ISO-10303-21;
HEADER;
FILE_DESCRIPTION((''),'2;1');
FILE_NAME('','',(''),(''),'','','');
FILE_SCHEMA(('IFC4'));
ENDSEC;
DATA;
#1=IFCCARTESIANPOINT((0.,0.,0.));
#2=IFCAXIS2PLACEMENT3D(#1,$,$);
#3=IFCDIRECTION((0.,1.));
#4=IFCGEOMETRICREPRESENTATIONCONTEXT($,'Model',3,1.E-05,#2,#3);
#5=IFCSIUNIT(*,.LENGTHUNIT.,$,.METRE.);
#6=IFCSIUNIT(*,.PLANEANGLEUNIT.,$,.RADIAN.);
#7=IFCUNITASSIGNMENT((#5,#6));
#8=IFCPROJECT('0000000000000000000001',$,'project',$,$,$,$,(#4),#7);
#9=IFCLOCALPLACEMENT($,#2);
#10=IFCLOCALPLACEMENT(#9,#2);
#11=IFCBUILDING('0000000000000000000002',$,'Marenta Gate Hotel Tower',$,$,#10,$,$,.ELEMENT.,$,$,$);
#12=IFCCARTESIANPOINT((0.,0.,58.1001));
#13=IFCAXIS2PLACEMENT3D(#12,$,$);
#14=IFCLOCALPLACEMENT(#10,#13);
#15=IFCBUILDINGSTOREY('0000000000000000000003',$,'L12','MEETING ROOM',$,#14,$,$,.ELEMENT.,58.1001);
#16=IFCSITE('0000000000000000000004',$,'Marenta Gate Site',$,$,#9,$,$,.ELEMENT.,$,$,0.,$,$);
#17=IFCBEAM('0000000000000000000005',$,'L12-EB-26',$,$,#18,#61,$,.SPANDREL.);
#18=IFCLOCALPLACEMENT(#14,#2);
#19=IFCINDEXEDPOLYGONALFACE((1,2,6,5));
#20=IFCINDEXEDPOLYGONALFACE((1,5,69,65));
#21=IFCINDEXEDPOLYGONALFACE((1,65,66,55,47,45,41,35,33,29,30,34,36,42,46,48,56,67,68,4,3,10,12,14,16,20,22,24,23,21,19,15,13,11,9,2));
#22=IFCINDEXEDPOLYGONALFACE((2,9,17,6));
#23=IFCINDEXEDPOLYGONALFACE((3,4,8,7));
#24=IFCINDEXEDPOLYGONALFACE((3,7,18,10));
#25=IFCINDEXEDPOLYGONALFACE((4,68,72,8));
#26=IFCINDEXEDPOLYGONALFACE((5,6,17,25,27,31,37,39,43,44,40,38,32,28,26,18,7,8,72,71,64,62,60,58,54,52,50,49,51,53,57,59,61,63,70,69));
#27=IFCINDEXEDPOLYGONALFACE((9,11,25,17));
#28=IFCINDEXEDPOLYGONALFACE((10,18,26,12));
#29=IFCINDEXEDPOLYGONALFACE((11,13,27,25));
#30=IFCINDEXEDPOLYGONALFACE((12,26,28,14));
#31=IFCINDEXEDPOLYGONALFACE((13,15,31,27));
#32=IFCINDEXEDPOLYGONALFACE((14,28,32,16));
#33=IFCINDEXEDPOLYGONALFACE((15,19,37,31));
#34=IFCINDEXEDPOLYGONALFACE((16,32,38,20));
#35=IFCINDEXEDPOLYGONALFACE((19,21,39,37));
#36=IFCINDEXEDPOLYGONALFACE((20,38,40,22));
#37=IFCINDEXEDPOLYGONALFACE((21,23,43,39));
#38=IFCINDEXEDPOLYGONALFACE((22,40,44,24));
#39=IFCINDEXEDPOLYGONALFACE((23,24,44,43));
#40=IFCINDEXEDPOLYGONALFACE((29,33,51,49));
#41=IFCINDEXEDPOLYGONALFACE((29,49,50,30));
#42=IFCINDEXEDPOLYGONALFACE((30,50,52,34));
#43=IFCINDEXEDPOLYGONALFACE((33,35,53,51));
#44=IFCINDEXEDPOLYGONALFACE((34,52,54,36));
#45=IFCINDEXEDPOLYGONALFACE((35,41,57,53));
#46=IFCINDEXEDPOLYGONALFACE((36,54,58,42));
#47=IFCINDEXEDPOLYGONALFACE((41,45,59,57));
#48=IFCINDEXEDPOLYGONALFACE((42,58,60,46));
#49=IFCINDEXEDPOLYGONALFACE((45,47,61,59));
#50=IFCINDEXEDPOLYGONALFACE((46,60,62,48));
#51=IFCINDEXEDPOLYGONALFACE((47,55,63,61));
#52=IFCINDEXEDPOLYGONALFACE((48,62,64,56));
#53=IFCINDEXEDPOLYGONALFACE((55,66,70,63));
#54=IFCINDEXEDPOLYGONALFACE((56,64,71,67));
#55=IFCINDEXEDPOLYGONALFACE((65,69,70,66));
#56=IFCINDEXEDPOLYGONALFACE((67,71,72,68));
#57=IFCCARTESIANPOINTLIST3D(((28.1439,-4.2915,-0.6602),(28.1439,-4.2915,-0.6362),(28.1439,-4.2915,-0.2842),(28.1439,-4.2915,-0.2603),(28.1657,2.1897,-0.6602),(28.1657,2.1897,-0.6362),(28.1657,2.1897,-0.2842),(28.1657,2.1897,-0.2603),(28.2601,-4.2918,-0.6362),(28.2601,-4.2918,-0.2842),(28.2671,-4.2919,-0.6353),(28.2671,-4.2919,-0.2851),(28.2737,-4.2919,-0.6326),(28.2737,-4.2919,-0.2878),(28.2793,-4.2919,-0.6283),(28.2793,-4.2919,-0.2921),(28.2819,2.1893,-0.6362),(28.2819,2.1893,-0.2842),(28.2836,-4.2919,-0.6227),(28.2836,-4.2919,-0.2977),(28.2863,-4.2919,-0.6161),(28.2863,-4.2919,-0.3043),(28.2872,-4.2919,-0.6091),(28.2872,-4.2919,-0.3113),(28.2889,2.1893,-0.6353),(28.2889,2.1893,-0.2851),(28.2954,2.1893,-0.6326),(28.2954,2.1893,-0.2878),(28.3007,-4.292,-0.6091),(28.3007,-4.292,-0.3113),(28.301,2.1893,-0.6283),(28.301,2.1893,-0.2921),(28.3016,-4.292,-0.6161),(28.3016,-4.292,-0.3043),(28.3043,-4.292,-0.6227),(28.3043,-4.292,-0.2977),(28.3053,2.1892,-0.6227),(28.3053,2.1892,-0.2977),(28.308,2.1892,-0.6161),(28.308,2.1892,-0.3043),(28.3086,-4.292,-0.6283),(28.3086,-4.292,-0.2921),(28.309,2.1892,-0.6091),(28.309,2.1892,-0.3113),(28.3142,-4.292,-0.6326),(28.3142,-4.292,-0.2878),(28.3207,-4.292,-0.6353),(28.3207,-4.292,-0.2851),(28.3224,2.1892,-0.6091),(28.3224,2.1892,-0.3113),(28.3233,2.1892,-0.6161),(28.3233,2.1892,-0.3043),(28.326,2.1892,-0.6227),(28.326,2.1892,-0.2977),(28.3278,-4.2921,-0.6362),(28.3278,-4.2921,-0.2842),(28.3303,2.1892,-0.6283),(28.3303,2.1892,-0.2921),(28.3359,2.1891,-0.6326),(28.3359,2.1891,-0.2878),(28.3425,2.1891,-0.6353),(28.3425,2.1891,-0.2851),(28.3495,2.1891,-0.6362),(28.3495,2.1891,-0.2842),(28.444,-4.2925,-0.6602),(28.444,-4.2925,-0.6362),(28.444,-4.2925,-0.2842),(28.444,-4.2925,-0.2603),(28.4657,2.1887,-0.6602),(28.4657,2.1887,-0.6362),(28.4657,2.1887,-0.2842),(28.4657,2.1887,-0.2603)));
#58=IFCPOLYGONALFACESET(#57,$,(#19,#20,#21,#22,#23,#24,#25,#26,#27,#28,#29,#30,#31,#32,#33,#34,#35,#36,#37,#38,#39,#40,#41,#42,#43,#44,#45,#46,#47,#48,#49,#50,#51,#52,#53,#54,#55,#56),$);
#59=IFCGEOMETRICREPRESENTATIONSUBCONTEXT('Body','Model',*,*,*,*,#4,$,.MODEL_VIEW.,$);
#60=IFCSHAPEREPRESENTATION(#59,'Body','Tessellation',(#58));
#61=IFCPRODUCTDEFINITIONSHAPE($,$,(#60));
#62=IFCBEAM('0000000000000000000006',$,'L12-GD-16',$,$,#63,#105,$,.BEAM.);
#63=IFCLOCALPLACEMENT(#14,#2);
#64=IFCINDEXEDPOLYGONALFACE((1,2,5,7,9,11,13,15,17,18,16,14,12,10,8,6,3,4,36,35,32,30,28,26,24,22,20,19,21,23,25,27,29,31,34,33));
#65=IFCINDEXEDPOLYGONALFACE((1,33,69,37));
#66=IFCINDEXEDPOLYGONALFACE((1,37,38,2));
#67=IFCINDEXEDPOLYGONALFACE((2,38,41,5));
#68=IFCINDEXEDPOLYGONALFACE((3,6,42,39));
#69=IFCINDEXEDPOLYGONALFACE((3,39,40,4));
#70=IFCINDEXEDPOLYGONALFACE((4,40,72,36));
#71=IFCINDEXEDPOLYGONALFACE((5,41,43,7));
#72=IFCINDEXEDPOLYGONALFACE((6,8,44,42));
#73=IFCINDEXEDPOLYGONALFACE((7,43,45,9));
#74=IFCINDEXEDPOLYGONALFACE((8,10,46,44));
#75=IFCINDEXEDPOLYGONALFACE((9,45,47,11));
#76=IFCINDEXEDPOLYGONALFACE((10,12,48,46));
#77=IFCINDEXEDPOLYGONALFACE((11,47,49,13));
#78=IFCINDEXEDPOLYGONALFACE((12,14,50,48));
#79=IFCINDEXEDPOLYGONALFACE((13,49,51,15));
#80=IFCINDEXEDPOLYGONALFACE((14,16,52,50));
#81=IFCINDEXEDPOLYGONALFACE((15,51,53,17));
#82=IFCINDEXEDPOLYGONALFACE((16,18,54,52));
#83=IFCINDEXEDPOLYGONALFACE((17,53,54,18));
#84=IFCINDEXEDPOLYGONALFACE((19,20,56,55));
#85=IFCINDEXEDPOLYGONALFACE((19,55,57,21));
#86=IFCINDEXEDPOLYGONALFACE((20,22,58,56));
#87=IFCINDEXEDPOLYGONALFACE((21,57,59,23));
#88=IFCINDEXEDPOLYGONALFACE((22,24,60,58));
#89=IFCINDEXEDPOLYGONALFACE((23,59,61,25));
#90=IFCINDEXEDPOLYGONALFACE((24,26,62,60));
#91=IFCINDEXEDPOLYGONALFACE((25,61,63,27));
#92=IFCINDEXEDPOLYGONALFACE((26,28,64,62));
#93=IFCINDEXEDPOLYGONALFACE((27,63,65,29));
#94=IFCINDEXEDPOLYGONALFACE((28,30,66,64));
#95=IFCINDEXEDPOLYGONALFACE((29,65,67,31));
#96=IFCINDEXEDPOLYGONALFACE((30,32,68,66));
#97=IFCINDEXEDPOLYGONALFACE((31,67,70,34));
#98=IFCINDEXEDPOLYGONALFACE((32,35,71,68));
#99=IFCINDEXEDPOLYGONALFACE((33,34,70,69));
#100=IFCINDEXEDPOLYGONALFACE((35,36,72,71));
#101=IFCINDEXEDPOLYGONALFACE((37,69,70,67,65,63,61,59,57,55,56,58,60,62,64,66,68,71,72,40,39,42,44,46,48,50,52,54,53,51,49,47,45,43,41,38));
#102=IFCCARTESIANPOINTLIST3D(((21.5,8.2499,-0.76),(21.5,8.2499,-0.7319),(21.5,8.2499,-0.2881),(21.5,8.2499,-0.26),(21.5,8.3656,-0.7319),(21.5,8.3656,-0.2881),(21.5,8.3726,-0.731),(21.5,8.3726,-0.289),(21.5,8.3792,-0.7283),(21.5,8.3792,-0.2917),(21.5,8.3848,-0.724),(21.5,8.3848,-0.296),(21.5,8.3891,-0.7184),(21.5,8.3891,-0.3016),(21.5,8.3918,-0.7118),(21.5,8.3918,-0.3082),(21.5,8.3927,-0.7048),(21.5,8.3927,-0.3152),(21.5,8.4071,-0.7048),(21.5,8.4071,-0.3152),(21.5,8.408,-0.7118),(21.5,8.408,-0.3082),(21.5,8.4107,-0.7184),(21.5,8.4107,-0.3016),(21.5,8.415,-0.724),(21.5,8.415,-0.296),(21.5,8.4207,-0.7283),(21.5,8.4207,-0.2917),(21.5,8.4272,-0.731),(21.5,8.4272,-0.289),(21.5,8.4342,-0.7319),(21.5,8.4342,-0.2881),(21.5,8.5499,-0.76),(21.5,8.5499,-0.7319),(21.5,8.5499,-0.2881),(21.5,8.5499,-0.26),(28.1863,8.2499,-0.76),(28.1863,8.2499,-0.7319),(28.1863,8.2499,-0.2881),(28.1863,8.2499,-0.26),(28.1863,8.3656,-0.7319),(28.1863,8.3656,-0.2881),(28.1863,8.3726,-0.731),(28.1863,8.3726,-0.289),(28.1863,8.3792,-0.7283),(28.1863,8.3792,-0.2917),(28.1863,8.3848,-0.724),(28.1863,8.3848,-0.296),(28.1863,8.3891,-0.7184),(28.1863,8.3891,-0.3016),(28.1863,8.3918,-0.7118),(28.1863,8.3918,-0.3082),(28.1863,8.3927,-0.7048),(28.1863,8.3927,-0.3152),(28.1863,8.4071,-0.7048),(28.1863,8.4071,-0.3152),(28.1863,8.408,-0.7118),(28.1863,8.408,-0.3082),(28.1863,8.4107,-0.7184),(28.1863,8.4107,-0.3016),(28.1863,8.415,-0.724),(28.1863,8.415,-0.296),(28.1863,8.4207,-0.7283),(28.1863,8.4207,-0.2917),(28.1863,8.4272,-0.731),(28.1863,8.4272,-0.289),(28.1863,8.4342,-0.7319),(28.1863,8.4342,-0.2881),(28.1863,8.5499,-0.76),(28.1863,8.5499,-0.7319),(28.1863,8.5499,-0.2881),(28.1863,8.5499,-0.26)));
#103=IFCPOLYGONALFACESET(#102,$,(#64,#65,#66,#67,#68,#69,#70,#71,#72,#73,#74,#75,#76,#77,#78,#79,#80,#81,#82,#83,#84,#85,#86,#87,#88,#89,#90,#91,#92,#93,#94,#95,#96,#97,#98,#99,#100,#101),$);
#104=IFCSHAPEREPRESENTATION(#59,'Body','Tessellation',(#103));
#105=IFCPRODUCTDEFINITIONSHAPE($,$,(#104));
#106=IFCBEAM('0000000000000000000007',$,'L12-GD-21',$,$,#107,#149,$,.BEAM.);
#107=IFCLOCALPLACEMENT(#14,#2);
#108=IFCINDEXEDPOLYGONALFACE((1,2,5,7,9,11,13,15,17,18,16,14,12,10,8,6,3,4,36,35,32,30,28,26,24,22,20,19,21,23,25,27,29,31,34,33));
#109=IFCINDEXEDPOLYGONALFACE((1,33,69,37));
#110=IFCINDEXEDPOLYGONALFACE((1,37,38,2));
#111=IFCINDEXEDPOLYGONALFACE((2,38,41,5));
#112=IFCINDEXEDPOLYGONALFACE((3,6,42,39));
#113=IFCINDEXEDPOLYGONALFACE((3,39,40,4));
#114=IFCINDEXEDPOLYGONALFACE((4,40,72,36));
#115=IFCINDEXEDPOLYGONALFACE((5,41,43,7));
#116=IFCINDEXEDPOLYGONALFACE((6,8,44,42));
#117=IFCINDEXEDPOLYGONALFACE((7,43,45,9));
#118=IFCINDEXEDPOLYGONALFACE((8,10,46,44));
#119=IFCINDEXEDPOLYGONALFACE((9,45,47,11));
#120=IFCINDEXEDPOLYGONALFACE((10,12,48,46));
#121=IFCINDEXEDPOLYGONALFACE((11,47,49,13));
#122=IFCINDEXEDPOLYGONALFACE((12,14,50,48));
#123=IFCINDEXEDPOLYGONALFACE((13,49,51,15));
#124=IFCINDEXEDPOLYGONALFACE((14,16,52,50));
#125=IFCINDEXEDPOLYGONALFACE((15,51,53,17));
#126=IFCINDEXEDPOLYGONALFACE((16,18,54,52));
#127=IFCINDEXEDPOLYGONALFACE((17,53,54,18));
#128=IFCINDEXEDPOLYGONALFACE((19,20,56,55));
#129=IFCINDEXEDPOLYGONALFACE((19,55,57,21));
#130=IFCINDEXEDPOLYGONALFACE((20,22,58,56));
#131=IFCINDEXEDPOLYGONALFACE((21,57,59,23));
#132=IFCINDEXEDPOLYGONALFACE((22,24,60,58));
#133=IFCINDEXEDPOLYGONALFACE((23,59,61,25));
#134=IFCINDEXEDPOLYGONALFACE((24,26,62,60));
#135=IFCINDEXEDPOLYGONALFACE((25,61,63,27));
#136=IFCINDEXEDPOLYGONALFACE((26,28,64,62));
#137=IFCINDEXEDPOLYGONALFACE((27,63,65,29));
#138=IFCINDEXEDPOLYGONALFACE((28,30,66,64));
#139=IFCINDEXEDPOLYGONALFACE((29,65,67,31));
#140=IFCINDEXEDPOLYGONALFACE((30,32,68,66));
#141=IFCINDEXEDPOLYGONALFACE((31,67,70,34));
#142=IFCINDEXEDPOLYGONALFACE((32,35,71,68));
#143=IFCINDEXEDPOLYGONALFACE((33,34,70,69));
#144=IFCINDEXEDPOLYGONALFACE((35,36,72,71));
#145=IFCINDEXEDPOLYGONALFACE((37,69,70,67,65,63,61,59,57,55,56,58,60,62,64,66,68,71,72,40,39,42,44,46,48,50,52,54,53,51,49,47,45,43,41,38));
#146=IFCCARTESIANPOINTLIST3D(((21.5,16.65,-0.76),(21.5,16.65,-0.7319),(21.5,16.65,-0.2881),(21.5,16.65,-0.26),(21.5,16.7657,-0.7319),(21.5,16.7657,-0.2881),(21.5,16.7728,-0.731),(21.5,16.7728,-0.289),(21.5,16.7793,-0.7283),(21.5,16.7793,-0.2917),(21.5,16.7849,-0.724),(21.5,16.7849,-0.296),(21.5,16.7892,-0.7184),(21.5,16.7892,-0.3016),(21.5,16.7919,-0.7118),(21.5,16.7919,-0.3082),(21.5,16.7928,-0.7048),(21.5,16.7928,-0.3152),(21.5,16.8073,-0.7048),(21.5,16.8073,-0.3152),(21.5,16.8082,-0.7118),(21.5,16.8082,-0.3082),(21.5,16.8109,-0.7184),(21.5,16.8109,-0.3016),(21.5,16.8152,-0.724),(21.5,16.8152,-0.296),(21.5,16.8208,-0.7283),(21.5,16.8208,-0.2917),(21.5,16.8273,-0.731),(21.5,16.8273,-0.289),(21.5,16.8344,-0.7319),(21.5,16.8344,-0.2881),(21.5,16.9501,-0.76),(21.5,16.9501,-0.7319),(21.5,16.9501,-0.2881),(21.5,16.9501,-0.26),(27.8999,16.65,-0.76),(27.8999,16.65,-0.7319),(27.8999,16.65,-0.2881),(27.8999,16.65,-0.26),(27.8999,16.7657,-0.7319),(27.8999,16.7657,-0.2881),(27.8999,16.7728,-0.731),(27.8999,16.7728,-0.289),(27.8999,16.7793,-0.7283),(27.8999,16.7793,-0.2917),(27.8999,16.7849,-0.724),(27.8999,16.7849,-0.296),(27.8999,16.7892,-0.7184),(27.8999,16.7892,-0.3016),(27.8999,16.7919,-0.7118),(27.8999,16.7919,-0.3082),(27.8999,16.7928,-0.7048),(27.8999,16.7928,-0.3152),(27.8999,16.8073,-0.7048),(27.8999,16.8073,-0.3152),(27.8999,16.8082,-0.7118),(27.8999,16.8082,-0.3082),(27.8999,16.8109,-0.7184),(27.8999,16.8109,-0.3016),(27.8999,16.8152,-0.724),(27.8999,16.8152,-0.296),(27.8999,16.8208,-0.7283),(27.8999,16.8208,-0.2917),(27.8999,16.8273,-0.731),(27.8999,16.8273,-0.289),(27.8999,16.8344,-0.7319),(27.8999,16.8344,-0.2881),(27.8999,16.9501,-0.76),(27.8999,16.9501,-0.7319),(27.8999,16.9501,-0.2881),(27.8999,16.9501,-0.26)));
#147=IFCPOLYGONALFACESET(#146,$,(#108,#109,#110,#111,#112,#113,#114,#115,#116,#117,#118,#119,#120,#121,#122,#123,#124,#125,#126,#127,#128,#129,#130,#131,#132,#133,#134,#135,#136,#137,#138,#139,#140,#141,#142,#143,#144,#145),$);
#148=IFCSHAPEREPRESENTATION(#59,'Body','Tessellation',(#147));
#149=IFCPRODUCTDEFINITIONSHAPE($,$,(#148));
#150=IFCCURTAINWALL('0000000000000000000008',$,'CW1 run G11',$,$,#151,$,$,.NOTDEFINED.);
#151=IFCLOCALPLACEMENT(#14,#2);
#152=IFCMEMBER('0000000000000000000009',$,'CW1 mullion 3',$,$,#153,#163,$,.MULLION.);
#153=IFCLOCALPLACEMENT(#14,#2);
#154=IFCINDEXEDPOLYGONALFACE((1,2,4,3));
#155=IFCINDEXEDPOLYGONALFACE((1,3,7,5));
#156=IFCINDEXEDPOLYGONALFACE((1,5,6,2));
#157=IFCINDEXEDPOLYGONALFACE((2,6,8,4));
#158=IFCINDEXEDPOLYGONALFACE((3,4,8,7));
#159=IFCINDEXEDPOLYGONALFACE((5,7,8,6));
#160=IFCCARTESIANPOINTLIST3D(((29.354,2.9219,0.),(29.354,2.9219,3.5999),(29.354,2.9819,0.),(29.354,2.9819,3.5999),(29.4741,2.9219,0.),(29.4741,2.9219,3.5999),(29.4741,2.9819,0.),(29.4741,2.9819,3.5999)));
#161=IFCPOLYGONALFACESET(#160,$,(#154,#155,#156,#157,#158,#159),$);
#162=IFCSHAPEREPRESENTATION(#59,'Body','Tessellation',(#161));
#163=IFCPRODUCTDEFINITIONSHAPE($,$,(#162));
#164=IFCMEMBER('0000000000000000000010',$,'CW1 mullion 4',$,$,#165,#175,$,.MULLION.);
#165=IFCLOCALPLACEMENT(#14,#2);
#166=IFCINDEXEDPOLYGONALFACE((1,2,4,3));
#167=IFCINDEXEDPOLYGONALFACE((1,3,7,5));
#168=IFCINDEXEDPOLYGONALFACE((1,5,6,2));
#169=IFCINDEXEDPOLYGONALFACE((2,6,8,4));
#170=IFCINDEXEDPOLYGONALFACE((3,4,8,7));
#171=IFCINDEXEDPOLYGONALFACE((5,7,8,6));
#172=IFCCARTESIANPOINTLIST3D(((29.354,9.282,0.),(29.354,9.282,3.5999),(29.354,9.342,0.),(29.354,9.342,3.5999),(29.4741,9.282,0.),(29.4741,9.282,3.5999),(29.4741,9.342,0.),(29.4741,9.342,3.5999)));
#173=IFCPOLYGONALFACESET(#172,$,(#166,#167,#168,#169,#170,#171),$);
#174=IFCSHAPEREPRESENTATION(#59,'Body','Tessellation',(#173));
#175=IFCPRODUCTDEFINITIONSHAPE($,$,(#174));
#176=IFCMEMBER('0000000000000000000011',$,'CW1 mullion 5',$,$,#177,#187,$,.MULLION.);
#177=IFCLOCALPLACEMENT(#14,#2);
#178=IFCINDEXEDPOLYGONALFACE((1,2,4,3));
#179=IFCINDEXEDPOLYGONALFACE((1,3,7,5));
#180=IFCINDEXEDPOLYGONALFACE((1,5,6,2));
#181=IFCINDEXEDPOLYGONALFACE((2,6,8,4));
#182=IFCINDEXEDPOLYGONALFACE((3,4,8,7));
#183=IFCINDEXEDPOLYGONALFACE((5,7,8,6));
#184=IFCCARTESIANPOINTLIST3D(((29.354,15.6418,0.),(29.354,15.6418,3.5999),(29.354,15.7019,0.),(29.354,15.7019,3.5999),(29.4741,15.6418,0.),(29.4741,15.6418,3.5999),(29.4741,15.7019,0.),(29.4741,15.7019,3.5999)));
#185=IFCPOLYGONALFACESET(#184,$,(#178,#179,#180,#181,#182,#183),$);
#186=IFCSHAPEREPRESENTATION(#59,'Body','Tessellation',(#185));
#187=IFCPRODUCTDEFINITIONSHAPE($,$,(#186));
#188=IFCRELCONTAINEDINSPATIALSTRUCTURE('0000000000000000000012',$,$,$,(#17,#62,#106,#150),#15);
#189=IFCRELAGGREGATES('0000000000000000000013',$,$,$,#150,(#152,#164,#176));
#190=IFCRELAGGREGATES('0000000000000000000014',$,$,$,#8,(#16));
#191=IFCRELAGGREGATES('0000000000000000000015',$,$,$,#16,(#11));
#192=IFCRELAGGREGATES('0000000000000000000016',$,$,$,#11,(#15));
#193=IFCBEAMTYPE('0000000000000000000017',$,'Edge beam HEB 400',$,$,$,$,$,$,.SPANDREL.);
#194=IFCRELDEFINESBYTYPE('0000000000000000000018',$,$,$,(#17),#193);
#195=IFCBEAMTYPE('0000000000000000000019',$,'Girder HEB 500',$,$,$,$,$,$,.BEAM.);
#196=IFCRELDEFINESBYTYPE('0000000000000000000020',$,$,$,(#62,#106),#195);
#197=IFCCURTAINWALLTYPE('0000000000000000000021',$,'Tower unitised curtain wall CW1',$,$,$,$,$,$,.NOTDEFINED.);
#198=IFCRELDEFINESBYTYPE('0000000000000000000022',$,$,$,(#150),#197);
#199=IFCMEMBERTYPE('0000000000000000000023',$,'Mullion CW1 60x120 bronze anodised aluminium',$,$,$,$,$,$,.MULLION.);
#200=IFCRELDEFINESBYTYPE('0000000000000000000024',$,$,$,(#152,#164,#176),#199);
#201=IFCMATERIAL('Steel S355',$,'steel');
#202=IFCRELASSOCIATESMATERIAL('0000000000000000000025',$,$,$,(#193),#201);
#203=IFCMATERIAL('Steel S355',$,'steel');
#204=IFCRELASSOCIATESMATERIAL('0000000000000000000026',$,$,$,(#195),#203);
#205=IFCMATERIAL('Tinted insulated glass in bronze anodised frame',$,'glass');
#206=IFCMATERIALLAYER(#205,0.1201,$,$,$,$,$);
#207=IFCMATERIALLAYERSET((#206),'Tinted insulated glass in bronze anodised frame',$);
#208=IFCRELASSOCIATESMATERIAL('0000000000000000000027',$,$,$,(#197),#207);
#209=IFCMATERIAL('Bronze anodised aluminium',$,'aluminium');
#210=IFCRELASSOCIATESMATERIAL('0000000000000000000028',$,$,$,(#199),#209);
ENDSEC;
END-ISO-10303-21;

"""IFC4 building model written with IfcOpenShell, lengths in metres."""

from ifc_helpers import new_model, si_unit, direction, frame, origin, origin_2d, place, context, subcontext, project, spatial, rectangle, i_section, extrude, material, layer, layer_set, material_profile, profile_set, type_object, element, aggregate, save


model = new_model("IFC4")

# Units and contexts
model_context = context("Model", 3, precision=1e-05, world=origin(), true_north=direction((0.0, 1.0)))
body_context = subcontext(model_context, "Body", "Model", "MODEL_VIEW")
ifc_project = project(units=[si_unit("LENGTHUNIT", "METRE"), si_unit("PLANEANGLEUNIT", "RADIAN")], contexts=[model_context])

# Site, building, storey
site_placement = place(None, origin())
site = spatial("IfcSite", under=ifc_project, at=site_placement, Name="Marenta Gate Site", CompositionType="ELEMENT", RefElevation=0.0)
building_placement = place(site_placement, origin())
building = spatial("IfcBuilding", under=site, at=building_placement, Name="Marenta Gate Hotel Tower", CompositionType="ELEMENT")
storey_placement = place(building_placement, frame((0.0, 0.0, 58.1001)))
storey = spatial("IfcBuildingStorey", under=building, at=storey_placement, Name="L12", Description="MEETING ROOM", CompositionType="ELEMENT", Elevation=58.1001)

# Beams
ifc_material_1 = material(Name="Steel S355", Category="steel")
ifc_material_profile_1 = material_profile(ifc_material_1, i_section(OverallWidth=0.3, OverallDepth=0.3999, WebThickness=0.0134, FlangeThickness=0.0239, FilletRadius=0.0271, at=origin_2d()), Name="HEB 400")
ifc_profile_set_1 = profile_set([ifc_material_profile_1], Name="Steel S355")
beam_type_1 = type_object("IfcBeamType", Name="Edge beam HEB 400", PredefinedType="SPANDREL", material=ifc_profile_set_1)
beam_1_placement = place(storey_placement, frame((28.3157, 2.1892, -0.4602), z_axis=(-0.003353, -0.999994, 0.0), x_axis=(0.999994, -0.003353, 0.0)))
element("IfcBeam", 1, at=beam_1_placement, inside=storey, type_object=beam_type_1, Name="L12-EB-26", PredefinedType="SPANDREL", context=body_context, shape_type="SweptSolid", body=[
    extrude(i_section(OverallWidth=0.3, OverallDepth=0.3999, WebThickness=0.0134, FlangeThickness=0.0239, FilletRadius=0.0271, at=origin_2d()), origin(), (0.0, 0.0, 1.0), 6.4812),
])
ifc_material_2 = material(Name="Steel S355", Category="steel")
ifc_material_profile_2 = material_profile(ifc_material_2, i_section(OverallWidth=0.3, OverallDepth=0.5, WebThickness=0.0144, FlangeThickness=0.0281, FilletRadius=0.0271, at=origin_2d()), Name="HEB 500")
ifc_profile_set_2 = profile_set([ifc_material_profile_2], Name="Steel S355")
beam_type_2 = type_object("IfcBeamType", Name="Girder HEB 500", PredefinedType="BEAM", material=ifc_profile_set_2)
beam_2_placement = place(storey_placement, frame((21.5, 8.3999, -0.51), z_axis=(1.0, 0.0, 0.0), x_axis=(0.0, 1.0, 0.0)))
element("IfcBeam", 2, at=beam_2_placement, inside=storey, type_object=beam_type_2, Name="L12-GD-16", PredefinedType="BEAM", context=body_context, shape_type="SweptSolid", body=[
    extrude(i_section(OverallWidth=0.3, OverallDepth=0.5, WebThickness=0.0144, FlangeThickness=0.0281, FilletRadius=0.0271, at=origin_2d()), origin(), (0.0, 0.0, 1.0), 6.6863),
])
beam_3_placement = place(storey_placement, frame((21.5, 16.8, -0.51), z_axis=(1.0, 0.0, 0.0), x_axis=(0.0, 1.0, 0.0)))
element("IfcBeam", 3, at=beam_3_placement, inside=storey, type_object=beam_type_2, Name="L12-GD-21", PredefinedType="BEAM", context=body_context, shape_type="SweptSolid", body=[
    extrude(i_section(OverallWidth=0.3, OverallDepth=0.5, WebThickness=0.0144, FlangeThickness=0.0281, FilletRadius=0.0271, at=origin_2d()), origin(), (0.0, 0.0, 1.0), 6.3999),
])

# Curtain wall, members
ifc_material_3 = material(Name="Tinted insulated glass in bronze anodised frame", Category="glass")
ifc_layer_1 = layer(ifc_material_3, 0.1201)
ifc_layer_set_1 = layer_set([ifc_layer_1], Name="Tinted insulated glass in bronze anodised frame")
curtain_wall_type = type_object("IfcCurtainWallType", Name="Tower unitised curtain wall CW1", PredefinedType="NOTDEFINED", material=ifc_layer_set_1)
curtain_wall_placement = place(storey_placement, origin())
curtain_wall = element("IfcCurtainWall", 4, at=curtain_wall_placement, inside=storey, type_object=curtain_wall_type, Name="CW1 run G11", PredefinedType="NOTDEFINED")
ifc_material_4 = material(Name="Bronze anodised aluminium", Category="aluminium")
ifc_material_profile_3 = material_profile(ifc_material_4, rectangle(XDim=0.1201, YDim=0.0601, at=origin_2d()), Name="Mullion CW1 60x120 bronze anodised aluminium")
ifc_profile_set_3 = profile_set([ifc_material_profile_3], Name="Bronze anodised aluminium")
member_type_1 = type_object("IfcMemberType", Name="Mullion CW1 60x120 bronze anodised aluminium", PredefinedType="MULLION", material=ifc_profile_set_3)
member_1_placement = place(storey_placement, frame((29.4141, 2.9519, 0.0), z_axis=(0.0, 0.0, 1.0), x_axis=(-1.0, 0.0, 0.0)))
member_1 = element("IfcMember", 5, at=member_1_placement, type_object=member_type_1, Name="CW1 mullion 3", PredefinedType="MULLION", context=body_context, shape_type="SweptSolid", body=[
    extrude(rectangle(XDim=0.1201, YDim=0.0601, at=origin_2d()), origin(), (0.0, 0.0, 1.0), 3.5999),
])
member_2_placement = place(storey_placement, frame((29.4141, 9.312, 0.0), z_axis=(0.0, 0.0, 1.0), x_axis=(-1.0, 0.0, 0.0)))
member_2 = element("IfcMember", 6, at=member_2_placement, type_object=member_type_1, Name="CW1 mullion 4", PredefinedType="MULLION", context=body_context, shape_type="SweptSolid", body=[
    extrude(rectangle(XDim=0.1201, YDim=0.0601, at=origin_2d()), origin(), (0.0, 0.0, 1.0), 3.5999),
])
member_3_placement = place(storey_placement, frame((29.4141, 15.6719, 0.0), z_axis=(0.0, 0.0, 1.0), x_axis=(-1.0, 0.0, 0.0)))
member_3 = element("IfcMember", 7, at=member_3_placement, type_object=member_type_1, Name="CW1 mullion 5", PredefinedType="MULLION", context=body_context, shape_type="SweptSolid", body=[
    extrude(rectangle(XDim=0.1201, YDim=0.0601, at=origin_2d()), origin(), (0.0, 0.0, 1.0), 3.5999),
])
aggregate(curtain_wall, [member_1, member_2, member_3])

save(model, "model.ifc")
